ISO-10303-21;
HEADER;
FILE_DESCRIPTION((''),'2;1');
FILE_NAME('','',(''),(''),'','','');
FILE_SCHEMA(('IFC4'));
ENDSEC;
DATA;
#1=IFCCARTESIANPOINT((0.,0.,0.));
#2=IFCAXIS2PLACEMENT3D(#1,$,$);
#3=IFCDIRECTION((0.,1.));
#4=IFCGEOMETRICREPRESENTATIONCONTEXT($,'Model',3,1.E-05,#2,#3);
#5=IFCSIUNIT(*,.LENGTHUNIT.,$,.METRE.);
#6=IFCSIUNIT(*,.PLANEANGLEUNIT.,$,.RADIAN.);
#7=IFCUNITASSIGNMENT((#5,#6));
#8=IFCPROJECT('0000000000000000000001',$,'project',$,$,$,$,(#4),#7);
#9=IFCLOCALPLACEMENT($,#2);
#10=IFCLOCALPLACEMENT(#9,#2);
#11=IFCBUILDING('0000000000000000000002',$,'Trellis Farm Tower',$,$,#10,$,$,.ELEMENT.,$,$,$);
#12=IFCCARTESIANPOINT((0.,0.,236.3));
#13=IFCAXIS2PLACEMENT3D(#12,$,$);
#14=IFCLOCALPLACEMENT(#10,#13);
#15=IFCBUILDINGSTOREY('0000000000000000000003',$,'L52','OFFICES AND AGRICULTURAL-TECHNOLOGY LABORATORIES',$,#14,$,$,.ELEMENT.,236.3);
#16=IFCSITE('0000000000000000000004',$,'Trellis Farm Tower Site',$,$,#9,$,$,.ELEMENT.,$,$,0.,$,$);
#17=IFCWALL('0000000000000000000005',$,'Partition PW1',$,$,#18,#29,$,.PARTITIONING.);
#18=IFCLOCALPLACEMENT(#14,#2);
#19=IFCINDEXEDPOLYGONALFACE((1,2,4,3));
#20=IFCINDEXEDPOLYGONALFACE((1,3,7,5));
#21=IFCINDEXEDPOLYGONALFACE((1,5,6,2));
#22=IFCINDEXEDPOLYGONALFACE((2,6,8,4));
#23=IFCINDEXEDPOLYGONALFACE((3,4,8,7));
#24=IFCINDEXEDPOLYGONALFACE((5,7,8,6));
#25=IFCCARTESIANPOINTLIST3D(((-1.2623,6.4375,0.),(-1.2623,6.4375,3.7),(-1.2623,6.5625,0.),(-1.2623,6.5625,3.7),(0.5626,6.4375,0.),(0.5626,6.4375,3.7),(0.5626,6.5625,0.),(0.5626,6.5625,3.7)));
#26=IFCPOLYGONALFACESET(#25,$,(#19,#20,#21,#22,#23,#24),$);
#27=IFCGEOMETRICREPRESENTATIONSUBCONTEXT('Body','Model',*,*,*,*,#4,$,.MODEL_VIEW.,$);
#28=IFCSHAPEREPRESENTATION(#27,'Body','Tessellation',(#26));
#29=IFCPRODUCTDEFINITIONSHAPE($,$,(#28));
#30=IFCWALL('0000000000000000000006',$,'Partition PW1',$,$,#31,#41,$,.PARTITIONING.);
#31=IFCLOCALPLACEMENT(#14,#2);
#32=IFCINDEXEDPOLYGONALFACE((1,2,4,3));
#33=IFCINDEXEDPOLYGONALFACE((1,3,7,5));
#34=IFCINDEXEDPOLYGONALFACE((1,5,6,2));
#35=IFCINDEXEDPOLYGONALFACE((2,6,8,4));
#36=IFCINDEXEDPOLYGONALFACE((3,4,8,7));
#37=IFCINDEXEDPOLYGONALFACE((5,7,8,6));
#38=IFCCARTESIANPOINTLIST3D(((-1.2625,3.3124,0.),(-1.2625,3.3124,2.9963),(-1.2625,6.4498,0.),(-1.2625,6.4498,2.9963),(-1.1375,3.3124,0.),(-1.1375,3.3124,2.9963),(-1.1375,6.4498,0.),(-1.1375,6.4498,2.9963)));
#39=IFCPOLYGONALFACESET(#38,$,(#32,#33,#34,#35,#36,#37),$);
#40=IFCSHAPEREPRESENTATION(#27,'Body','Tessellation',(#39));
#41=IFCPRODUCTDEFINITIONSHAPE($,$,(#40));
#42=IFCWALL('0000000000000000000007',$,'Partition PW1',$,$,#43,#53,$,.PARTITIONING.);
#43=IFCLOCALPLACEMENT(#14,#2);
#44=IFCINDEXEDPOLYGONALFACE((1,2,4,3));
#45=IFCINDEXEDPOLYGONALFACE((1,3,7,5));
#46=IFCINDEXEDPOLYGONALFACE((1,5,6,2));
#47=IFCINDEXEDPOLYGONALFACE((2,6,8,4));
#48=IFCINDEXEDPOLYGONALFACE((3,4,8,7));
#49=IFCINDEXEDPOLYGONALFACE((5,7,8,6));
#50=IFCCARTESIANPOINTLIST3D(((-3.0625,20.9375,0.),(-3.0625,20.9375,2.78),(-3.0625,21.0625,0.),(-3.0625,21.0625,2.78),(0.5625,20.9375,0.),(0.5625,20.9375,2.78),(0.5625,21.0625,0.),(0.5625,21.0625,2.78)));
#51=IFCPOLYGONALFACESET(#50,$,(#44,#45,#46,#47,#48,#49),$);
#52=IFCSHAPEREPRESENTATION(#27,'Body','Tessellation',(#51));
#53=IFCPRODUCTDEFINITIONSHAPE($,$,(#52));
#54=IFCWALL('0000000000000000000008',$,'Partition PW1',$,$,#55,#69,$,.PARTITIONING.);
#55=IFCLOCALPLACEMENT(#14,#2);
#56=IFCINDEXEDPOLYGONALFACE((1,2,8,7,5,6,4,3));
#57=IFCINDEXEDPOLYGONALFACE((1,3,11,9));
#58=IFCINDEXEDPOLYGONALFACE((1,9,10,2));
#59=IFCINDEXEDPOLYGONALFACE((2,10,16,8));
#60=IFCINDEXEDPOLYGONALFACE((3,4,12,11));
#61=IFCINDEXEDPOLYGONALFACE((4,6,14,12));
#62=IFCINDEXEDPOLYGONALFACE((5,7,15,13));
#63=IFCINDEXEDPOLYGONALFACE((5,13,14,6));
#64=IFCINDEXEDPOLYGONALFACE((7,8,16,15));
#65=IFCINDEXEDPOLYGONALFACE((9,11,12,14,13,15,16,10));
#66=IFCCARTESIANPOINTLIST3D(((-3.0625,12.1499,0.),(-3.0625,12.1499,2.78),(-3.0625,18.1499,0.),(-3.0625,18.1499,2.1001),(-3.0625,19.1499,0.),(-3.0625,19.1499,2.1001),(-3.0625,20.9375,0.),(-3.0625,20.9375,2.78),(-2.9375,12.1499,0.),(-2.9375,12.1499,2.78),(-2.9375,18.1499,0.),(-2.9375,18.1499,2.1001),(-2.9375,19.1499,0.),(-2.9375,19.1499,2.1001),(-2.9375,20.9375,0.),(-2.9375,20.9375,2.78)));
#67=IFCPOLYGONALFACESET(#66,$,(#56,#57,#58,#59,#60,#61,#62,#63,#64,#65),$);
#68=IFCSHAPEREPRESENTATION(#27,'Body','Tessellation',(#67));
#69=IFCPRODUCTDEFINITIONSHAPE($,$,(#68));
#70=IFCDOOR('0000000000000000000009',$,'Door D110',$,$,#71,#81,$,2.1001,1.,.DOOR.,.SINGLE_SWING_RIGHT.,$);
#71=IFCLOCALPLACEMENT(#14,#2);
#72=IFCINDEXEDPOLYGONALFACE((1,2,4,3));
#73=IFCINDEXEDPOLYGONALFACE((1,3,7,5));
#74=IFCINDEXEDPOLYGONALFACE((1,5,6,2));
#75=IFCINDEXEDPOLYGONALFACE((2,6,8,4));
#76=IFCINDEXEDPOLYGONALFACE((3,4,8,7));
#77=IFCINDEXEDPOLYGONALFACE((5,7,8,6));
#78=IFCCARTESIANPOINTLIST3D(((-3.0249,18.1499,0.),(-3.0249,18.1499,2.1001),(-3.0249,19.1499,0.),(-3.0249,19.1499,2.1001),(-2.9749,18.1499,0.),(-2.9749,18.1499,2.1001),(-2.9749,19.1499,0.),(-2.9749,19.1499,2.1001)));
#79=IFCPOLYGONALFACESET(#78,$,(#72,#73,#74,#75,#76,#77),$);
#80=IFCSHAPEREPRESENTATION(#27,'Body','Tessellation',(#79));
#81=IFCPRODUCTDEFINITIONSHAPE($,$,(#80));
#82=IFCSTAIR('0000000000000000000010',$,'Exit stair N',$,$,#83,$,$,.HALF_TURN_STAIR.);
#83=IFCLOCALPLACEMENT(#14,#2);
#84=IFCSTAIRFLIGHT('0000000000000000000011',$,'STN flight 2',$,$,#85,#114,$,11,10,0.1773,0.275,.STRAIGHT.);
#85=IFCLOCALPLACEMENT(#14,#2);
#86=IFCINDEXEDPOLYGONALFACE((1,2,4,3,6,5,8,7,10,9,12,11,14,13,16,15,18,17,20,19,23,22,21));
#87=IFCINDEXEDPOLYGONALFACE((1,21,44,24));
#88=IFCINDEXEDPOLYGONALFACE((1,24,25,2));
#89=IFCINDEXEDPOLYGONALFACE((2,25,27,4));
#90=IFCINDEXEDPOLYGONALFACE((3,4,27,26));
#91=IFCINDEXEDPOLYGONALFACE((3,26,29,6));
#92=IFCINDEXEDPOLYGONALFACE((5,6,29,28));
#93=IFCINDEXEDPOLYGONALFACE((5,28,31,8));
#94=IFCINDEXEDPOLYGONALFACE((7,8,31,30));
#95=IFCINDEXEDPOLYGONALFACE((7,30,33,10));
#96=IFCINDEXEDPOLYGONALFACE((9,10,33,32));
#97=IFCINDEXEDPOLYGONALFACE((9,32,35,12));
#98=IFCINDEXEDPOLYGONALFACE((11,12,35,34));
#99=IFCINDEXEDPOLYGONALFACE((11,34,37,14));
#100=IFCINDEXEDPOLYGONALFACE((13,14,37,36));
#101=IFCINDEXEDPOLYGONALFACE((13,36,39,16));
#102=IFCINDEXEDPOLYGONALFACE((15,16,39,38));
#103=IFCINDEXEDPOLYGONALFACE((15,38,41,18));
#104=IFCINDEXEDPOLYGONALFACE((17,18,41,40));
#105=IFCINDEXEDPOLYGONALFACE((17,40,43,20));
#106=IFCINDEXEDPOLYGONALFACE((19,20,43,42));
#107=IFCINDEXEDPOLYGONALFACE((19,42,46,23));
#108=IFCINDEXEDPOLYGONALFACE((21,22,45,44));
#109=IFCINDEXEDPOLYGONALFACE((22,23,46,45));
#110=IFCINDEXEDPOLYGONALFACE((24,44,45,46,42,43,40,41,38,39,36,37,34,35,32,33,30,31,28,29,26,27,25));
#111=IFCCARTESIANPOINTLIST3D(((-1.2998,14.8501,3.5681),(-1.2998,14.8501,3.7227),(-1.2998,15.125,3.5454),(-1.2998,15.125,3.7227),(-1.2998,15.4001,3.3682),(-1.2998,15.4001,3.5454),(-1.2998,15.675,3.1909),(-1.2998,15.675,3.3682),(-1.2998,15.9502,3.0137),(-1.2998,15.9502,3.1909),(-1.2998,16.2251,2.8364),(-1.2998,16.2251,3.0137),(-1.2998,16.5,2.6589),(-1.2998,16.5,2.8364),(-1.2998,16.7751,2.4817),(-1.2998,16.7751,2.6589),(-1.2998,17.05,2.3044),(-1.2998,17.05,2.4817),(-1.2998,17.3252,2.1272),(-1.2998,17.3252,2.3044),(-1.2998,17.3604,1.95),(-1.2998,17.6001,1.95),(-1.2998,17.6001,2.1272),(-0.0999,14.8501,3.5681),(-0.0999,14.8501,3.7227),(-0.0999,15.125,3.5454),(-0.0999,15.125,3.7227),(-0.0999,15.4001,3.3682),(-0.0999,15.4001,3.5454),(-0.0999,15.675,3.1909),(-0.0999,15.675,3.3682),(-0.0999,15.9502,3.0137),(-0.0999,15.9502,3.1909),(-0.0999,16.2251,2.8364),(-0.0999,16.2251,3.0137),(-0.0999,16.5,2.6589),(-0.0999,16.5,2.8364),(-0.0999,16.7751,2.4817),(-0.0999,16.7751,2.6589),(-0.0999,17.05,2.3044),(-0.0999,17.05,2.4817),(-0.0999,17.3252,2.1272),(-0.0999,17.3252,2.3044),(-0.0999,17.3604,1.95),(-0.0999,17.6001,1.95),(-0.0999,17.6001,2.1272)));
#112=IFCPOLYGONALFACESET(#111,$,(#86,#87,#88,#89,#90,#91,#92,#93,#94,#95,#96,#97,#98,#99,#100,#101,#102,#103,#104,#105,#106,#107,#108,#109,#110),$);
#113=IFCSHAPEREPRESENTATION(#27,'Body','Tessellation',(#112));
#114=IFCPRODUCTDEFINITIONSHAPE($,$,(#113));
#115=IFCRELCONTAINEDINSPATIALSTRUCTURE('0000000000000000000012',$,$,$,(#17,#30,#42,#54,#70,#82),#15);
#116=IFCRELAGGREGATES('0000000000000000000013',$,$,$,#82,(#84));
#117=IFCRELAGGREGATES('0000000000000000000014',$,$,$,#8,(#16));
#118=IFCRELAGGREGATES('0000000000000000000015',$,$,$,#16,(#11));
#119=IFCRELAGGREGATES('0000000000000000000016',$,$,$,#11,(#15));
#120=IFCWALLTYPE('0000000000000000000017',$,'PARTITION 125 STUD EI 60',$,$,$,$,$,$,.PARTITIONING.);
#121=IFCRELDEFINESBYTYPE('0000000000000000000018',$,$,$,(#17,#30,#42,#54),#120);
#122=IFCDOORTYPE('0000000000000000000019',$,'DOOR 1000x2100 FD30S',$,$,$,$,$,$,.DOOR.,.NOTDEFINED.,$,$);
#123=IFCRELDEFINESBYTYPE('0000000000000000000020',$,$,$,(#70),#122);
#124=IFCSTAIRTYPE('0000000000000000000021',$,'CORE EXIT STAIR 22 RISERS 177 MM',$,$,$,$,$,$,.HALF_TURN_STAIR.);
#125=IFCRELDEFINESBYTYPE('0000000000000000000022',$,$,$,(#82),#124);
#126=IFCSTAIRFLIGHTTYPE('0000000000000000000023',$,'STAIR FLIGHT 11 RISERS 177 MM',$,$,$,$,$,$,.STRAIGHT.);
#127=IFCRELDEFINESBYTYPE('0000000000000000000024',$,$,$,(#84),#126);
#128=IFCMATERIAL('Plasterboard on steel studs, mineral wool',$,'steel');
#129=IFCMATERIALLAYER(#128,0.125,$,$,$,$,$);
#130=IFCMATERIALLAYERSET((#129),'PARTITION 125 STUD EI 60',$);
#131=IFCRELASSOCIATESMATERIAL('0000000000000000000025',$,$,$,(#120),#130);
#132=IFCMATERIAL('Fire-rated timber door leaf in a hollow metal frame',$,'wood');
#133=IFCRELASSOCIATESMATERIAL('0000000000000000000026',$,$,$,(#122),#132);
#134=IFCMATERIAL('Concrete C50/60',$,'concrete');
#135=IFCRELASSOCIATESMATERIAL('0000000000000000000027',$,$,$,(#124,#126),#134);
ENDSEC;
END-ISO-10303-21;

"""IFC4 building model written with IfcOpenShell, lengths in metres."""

from ifc_helpers import new_model, si_unit, direction, frame, frame_2d, origin, place, context, subcontext, project, spatial, polyline, rectangle, outline, extrude, source, transform, mapped, material, layer, layer_set, type_object, element, fill, aggregate, save


model = new_model("IFC4")

# Units and contexts
model_context = context("Model", 3, precision=1e-05, world=origin(), true_north=direction((0.0, 1.0)))
body_context = subcontext(model_context, "Body", "Model", "MODEL_VIEW")
ifc_project = project(units=[si_unit("LENGTHUNIT", "METRE"), si_unit("PLANEANGLEUNIT", "RADIAN")], contexts=[model_context])

# Site, building, storey
site_placement = place(None, origin())
site = spatial("IfcSite", under=ifc_project, at=site_placement, Name="Trellis Farm Tower Site", CompositionType="ELEMENT", RefElevation=0.0)
building_placement = place(site_placement, origin())
building = spatial("IfcBuilding", under=site, at=building_placement, Name="Trellis Farm Tower", CompositionType="ELEMENT")
storey_placement = place(building_placement, frame((0.0, 0.0, 236.3)))
storey = spatial("IfcBuildingStorey", under=building, at=storey_placement, Name="L52", Description="OFFICES AND AGRICULTURAL-TECHNOLOGY LABORATORIES", CompositionType="ELEMENT", Elevation=236.3)

# Shared definitions
placement_1 = place(storey_placement, origin())

# Walls
ifc_material_1 = material(Name="Plasterboard on steel studs, mineral wool", Category="steel")
ifc_layer_1 = layer(ifc_material_1, 0.125)
ifc_layer_set_1 = layer_set([ifc_layer_1], Name="PARTITION 125 STUD EI 60")
wall_type_1 = type_object("IfcWallType", Name="PARTITION 125 STUD EI 60", PredefinedType="PARTITIONING", material=ifc_layer_set_1)
shared_shape_1 = source(origin(), body_context, "Body", "SweptSolid", [
    extrude(rectangle(XDim=1.825, YDim=0.125, at=frame_2d((0.9126, 0.0))), origin(), (0.0, 0.0, 1.0), 3.7),
])
wall_1_placement = place(storey_placement, frame((-1.2625, 6.5, 0.0), z_axis=(0.0, 0.0, 1.0), x_axis=(1.0, 0.0, 0.0)))
element("IfcWall", 1, at=wall_1_placement, inside=storey, type_object=wall_type_1, Name="Partition PW1", PredefinedType="PARTITIONING", context=body_context, shape_type="MappedRepresentation", body=[
    mapped(shared_shape_1, transform((0.0, 0.0, 0.0))),
])
shared_shape_2 = source(origin(), body_context, "Body", "SweptSolid", [
    extrude(rectangle(XDim=3.1375, YDim=0.125, at=frame_2d((1.5688, 0.0))), origin(), (0.0, 0.0, 1.0), 2.9963),
])
wall_2_placement = place(storey_placement, frame((-1.2, 6.45, 0.0), z_axis=(0.0, 0.0, 1.0), x_axis=(0.0, -1.0, 0.0)))
element("IfcWall", 2, at=wall_2_placement, inside=storey, type_object=wall_type_1, Name="Partition PW1", PredefinedType="PARTITIONING", context=body_context, shape_type="MappedRepresentation", body=[
    mapped(shared_shape_2, transform((0.0, 0.0, 0.0))),
])
shared_shape_3 = source(origin(), body_context, "Body", "SweptSolid", [
    extrude(rectangle(XDim=3.625, YDim=0.125, at=frame_2d((1.8125, 0.0))), origin(), (0.0, 0.0, 1.0), 2.78),
])
wall_3_placement = place(storey_placement, frame((-3.0625, 21.0, 0.0), z_axis=(0.0, 0.0, 1.0), x_axis=(1.0, 0.0, 0.0)))
element("IfcWall", 3, at=wall_3_placement, inside=storey, type_object=wall_type_1, Name="Partition PW1", PredefinedType="PARTITIONING", context=body_context, shape_type="MappedRepresentation", body=[
    mapped(shared_shape_3, transform((0.0, 0.0, 0.0))),
])

# Wall, opening, door
shared_shape_4 = source(origin(), body_context, "Body", "SweptSolid", [
    extrude(rectangle(XDim=8.7876, YDim=0.125, at=frame_2d((4.3938, 0.0))), origin(), (0.0, 0.0, 1.0), 2.78),
])
wall_4_placement = place(storey_placement, frame((-3.0, 12.1499, 0.0), z_axis=(0.0, 0.0, 1.0), x_axis=(0.0, 1.0, 0.0)))
wall_4 = element("IfcWall", 4, at=wall_4_placement, inside=storey, type_object=wall_type_1, Name="Partition PW1", PredefinedType="PARTITIONING", context=body_context, shape_type="MappedRepresentation", body=[
    mapped(shared_shape_4, transform((0.0, 0.0, 0.0))),
])
shared_shape_5 = source(origin(), body_context, "Body", "SweptSolid", [
    extrude(rectangle(XDim=1.0, YDim=2.1001, at=frame_2d((0.5, 1.05))), frame((0.0, 0.0725, 0.0), z_axis=(0.0, -1.0, 0.0), x_axis=(1.0, 0.0, 0.0)), (0.0, 0.0, 1.0), 0.145),
])
opening_1_placement = place(wall_4_placement, frame((6.0, 0.0, 0.0)))
opening_1 = element("IfcOpeningElement", 5, at=opening_1_placement, cuts=wall_4, PredefinedType="OPENING", context=body_context, shape_type="MappedRepresentation", body=[
    mapped(shared_shape_5, transform((0.0, 0.0, 0.0))),
])
ifc_material_2 = material(Name="Fire-rated timber door leaf in a hollow metal frame", Category="wood")
door_type_1 = type_object("IfcDoorType", Name="DOOR 1000x2100 FD30S", OperationType="NOTDEFINED", PredefinedType="DOOR", material=ifc_material_2)
shared_shape_6 = source(origin(), body_context, "Body", "SweptSolid", [
    extrude(rectangle(XDim=1.0, YDim=2.1001, at=frame_2d((0.5, 1.05))), frame((0.0, 0.0249, 0.0), z_axis=(0.0, -1.0, 0.0), x_axis=(1.0, 0.0, 0.0)), (0.0, 0.0, 1.0), 0.05),
])
door_1_placement = place(opening_1_placement, origin())
door_1 = element("IfcDoor", 6, at=door_1_placement, inside=storey, type_object=door_type_1, Name="Door D110", OperationType="SINGLE_SWING_RIGHT", OverallHeight=2.1001, OverallWidth=1.0, PredefinedType="DOOR", context=body_context, shape_type="MappedRepresentation", body=[
    mapped(shared_shape_6, transform((0.0, 0.0, 0.0))),
])
fill(opening_1, door_1)

# Stair, stair flight
ifc_material_3 = material(Name="Concrete C50/60", Category="concrete")
stair_type = type_object("IfcStairType", Name="CORE EXIT STAIR 22 RISERS 177 MM", PredefinedType="HALF_TURN_STAIR", material=ifc_material_3)
stair = element("IfcStair", 7, at=placement_1, inside=storey, type_object=stair_type, Name="Exit stair N", PredefinedType="HALF_TURN_STAIR")
stair_flight_type = type_object("IfcStairFlightType", Name="STAIR FLIGHT 11 RISERS 177 MM", PredefinedType="STRAIGHT", material=ifc_material_3)
shared_shape_7 = source(origin(), body_context, "Body", "SweptSolid", [
    extrude(outline(polyline([(0.0, 0.0), (0.0, 0.1772), (0.2749, 0.1772), (0.2749, 0.3545), (0.55, 0.3545), (0.55, 0.5317), (0.825, 0.5317), (0.825, 0.709), (1.1001, 0.709), (1.1001, 0.8865), (1.375, 0.8865), (1.375, 1.0637), (1.6499, 1.0637), (1.6499, 1.241), (1.925, 1.241), (1.925, 1.4182), (2.2, 1.4182), (2.2, 1.5955), (2.4751, 1.5955), (2.4751, 1.7727), (2.75, 1.7727), (2.75, 1.95), (2.75, 1.6182), (0.2397, 0.0), (0.0, 0.0)])), frame((0.0, 0.6001, 0.0), z_axis=(0.0, -1.0, 0.0), x_axis=(1.0, 0.0, 0.0)), (0.0, 0.0, 1.0), 1.2),
])
stair_flight_placement = place(storey_placement, frame((-0.7, 17.6001, 1.95), z_axis=(0.0, 0.0, 1.0), x_axis=(0.0, -1.0, 0.0)))
stair_flight = element("IfcStairFlight", 8, at=stair_flight_placement, type_object=stair_flight_type, Name="STN flight 2", NumberOfRisers=11, NumberOfTreads=10, PredefinedType="STRAIGHT", RiserHeight=0.1773, TreadLength=0.275, context=body_context, shape_type="MappedRepresentation", body=[
    mapped(shared_shape_7, transform((0.0, 0.0, 0.0))),
])
aggregate(stair, [stair_flight])

save(model, "model.ifc")
